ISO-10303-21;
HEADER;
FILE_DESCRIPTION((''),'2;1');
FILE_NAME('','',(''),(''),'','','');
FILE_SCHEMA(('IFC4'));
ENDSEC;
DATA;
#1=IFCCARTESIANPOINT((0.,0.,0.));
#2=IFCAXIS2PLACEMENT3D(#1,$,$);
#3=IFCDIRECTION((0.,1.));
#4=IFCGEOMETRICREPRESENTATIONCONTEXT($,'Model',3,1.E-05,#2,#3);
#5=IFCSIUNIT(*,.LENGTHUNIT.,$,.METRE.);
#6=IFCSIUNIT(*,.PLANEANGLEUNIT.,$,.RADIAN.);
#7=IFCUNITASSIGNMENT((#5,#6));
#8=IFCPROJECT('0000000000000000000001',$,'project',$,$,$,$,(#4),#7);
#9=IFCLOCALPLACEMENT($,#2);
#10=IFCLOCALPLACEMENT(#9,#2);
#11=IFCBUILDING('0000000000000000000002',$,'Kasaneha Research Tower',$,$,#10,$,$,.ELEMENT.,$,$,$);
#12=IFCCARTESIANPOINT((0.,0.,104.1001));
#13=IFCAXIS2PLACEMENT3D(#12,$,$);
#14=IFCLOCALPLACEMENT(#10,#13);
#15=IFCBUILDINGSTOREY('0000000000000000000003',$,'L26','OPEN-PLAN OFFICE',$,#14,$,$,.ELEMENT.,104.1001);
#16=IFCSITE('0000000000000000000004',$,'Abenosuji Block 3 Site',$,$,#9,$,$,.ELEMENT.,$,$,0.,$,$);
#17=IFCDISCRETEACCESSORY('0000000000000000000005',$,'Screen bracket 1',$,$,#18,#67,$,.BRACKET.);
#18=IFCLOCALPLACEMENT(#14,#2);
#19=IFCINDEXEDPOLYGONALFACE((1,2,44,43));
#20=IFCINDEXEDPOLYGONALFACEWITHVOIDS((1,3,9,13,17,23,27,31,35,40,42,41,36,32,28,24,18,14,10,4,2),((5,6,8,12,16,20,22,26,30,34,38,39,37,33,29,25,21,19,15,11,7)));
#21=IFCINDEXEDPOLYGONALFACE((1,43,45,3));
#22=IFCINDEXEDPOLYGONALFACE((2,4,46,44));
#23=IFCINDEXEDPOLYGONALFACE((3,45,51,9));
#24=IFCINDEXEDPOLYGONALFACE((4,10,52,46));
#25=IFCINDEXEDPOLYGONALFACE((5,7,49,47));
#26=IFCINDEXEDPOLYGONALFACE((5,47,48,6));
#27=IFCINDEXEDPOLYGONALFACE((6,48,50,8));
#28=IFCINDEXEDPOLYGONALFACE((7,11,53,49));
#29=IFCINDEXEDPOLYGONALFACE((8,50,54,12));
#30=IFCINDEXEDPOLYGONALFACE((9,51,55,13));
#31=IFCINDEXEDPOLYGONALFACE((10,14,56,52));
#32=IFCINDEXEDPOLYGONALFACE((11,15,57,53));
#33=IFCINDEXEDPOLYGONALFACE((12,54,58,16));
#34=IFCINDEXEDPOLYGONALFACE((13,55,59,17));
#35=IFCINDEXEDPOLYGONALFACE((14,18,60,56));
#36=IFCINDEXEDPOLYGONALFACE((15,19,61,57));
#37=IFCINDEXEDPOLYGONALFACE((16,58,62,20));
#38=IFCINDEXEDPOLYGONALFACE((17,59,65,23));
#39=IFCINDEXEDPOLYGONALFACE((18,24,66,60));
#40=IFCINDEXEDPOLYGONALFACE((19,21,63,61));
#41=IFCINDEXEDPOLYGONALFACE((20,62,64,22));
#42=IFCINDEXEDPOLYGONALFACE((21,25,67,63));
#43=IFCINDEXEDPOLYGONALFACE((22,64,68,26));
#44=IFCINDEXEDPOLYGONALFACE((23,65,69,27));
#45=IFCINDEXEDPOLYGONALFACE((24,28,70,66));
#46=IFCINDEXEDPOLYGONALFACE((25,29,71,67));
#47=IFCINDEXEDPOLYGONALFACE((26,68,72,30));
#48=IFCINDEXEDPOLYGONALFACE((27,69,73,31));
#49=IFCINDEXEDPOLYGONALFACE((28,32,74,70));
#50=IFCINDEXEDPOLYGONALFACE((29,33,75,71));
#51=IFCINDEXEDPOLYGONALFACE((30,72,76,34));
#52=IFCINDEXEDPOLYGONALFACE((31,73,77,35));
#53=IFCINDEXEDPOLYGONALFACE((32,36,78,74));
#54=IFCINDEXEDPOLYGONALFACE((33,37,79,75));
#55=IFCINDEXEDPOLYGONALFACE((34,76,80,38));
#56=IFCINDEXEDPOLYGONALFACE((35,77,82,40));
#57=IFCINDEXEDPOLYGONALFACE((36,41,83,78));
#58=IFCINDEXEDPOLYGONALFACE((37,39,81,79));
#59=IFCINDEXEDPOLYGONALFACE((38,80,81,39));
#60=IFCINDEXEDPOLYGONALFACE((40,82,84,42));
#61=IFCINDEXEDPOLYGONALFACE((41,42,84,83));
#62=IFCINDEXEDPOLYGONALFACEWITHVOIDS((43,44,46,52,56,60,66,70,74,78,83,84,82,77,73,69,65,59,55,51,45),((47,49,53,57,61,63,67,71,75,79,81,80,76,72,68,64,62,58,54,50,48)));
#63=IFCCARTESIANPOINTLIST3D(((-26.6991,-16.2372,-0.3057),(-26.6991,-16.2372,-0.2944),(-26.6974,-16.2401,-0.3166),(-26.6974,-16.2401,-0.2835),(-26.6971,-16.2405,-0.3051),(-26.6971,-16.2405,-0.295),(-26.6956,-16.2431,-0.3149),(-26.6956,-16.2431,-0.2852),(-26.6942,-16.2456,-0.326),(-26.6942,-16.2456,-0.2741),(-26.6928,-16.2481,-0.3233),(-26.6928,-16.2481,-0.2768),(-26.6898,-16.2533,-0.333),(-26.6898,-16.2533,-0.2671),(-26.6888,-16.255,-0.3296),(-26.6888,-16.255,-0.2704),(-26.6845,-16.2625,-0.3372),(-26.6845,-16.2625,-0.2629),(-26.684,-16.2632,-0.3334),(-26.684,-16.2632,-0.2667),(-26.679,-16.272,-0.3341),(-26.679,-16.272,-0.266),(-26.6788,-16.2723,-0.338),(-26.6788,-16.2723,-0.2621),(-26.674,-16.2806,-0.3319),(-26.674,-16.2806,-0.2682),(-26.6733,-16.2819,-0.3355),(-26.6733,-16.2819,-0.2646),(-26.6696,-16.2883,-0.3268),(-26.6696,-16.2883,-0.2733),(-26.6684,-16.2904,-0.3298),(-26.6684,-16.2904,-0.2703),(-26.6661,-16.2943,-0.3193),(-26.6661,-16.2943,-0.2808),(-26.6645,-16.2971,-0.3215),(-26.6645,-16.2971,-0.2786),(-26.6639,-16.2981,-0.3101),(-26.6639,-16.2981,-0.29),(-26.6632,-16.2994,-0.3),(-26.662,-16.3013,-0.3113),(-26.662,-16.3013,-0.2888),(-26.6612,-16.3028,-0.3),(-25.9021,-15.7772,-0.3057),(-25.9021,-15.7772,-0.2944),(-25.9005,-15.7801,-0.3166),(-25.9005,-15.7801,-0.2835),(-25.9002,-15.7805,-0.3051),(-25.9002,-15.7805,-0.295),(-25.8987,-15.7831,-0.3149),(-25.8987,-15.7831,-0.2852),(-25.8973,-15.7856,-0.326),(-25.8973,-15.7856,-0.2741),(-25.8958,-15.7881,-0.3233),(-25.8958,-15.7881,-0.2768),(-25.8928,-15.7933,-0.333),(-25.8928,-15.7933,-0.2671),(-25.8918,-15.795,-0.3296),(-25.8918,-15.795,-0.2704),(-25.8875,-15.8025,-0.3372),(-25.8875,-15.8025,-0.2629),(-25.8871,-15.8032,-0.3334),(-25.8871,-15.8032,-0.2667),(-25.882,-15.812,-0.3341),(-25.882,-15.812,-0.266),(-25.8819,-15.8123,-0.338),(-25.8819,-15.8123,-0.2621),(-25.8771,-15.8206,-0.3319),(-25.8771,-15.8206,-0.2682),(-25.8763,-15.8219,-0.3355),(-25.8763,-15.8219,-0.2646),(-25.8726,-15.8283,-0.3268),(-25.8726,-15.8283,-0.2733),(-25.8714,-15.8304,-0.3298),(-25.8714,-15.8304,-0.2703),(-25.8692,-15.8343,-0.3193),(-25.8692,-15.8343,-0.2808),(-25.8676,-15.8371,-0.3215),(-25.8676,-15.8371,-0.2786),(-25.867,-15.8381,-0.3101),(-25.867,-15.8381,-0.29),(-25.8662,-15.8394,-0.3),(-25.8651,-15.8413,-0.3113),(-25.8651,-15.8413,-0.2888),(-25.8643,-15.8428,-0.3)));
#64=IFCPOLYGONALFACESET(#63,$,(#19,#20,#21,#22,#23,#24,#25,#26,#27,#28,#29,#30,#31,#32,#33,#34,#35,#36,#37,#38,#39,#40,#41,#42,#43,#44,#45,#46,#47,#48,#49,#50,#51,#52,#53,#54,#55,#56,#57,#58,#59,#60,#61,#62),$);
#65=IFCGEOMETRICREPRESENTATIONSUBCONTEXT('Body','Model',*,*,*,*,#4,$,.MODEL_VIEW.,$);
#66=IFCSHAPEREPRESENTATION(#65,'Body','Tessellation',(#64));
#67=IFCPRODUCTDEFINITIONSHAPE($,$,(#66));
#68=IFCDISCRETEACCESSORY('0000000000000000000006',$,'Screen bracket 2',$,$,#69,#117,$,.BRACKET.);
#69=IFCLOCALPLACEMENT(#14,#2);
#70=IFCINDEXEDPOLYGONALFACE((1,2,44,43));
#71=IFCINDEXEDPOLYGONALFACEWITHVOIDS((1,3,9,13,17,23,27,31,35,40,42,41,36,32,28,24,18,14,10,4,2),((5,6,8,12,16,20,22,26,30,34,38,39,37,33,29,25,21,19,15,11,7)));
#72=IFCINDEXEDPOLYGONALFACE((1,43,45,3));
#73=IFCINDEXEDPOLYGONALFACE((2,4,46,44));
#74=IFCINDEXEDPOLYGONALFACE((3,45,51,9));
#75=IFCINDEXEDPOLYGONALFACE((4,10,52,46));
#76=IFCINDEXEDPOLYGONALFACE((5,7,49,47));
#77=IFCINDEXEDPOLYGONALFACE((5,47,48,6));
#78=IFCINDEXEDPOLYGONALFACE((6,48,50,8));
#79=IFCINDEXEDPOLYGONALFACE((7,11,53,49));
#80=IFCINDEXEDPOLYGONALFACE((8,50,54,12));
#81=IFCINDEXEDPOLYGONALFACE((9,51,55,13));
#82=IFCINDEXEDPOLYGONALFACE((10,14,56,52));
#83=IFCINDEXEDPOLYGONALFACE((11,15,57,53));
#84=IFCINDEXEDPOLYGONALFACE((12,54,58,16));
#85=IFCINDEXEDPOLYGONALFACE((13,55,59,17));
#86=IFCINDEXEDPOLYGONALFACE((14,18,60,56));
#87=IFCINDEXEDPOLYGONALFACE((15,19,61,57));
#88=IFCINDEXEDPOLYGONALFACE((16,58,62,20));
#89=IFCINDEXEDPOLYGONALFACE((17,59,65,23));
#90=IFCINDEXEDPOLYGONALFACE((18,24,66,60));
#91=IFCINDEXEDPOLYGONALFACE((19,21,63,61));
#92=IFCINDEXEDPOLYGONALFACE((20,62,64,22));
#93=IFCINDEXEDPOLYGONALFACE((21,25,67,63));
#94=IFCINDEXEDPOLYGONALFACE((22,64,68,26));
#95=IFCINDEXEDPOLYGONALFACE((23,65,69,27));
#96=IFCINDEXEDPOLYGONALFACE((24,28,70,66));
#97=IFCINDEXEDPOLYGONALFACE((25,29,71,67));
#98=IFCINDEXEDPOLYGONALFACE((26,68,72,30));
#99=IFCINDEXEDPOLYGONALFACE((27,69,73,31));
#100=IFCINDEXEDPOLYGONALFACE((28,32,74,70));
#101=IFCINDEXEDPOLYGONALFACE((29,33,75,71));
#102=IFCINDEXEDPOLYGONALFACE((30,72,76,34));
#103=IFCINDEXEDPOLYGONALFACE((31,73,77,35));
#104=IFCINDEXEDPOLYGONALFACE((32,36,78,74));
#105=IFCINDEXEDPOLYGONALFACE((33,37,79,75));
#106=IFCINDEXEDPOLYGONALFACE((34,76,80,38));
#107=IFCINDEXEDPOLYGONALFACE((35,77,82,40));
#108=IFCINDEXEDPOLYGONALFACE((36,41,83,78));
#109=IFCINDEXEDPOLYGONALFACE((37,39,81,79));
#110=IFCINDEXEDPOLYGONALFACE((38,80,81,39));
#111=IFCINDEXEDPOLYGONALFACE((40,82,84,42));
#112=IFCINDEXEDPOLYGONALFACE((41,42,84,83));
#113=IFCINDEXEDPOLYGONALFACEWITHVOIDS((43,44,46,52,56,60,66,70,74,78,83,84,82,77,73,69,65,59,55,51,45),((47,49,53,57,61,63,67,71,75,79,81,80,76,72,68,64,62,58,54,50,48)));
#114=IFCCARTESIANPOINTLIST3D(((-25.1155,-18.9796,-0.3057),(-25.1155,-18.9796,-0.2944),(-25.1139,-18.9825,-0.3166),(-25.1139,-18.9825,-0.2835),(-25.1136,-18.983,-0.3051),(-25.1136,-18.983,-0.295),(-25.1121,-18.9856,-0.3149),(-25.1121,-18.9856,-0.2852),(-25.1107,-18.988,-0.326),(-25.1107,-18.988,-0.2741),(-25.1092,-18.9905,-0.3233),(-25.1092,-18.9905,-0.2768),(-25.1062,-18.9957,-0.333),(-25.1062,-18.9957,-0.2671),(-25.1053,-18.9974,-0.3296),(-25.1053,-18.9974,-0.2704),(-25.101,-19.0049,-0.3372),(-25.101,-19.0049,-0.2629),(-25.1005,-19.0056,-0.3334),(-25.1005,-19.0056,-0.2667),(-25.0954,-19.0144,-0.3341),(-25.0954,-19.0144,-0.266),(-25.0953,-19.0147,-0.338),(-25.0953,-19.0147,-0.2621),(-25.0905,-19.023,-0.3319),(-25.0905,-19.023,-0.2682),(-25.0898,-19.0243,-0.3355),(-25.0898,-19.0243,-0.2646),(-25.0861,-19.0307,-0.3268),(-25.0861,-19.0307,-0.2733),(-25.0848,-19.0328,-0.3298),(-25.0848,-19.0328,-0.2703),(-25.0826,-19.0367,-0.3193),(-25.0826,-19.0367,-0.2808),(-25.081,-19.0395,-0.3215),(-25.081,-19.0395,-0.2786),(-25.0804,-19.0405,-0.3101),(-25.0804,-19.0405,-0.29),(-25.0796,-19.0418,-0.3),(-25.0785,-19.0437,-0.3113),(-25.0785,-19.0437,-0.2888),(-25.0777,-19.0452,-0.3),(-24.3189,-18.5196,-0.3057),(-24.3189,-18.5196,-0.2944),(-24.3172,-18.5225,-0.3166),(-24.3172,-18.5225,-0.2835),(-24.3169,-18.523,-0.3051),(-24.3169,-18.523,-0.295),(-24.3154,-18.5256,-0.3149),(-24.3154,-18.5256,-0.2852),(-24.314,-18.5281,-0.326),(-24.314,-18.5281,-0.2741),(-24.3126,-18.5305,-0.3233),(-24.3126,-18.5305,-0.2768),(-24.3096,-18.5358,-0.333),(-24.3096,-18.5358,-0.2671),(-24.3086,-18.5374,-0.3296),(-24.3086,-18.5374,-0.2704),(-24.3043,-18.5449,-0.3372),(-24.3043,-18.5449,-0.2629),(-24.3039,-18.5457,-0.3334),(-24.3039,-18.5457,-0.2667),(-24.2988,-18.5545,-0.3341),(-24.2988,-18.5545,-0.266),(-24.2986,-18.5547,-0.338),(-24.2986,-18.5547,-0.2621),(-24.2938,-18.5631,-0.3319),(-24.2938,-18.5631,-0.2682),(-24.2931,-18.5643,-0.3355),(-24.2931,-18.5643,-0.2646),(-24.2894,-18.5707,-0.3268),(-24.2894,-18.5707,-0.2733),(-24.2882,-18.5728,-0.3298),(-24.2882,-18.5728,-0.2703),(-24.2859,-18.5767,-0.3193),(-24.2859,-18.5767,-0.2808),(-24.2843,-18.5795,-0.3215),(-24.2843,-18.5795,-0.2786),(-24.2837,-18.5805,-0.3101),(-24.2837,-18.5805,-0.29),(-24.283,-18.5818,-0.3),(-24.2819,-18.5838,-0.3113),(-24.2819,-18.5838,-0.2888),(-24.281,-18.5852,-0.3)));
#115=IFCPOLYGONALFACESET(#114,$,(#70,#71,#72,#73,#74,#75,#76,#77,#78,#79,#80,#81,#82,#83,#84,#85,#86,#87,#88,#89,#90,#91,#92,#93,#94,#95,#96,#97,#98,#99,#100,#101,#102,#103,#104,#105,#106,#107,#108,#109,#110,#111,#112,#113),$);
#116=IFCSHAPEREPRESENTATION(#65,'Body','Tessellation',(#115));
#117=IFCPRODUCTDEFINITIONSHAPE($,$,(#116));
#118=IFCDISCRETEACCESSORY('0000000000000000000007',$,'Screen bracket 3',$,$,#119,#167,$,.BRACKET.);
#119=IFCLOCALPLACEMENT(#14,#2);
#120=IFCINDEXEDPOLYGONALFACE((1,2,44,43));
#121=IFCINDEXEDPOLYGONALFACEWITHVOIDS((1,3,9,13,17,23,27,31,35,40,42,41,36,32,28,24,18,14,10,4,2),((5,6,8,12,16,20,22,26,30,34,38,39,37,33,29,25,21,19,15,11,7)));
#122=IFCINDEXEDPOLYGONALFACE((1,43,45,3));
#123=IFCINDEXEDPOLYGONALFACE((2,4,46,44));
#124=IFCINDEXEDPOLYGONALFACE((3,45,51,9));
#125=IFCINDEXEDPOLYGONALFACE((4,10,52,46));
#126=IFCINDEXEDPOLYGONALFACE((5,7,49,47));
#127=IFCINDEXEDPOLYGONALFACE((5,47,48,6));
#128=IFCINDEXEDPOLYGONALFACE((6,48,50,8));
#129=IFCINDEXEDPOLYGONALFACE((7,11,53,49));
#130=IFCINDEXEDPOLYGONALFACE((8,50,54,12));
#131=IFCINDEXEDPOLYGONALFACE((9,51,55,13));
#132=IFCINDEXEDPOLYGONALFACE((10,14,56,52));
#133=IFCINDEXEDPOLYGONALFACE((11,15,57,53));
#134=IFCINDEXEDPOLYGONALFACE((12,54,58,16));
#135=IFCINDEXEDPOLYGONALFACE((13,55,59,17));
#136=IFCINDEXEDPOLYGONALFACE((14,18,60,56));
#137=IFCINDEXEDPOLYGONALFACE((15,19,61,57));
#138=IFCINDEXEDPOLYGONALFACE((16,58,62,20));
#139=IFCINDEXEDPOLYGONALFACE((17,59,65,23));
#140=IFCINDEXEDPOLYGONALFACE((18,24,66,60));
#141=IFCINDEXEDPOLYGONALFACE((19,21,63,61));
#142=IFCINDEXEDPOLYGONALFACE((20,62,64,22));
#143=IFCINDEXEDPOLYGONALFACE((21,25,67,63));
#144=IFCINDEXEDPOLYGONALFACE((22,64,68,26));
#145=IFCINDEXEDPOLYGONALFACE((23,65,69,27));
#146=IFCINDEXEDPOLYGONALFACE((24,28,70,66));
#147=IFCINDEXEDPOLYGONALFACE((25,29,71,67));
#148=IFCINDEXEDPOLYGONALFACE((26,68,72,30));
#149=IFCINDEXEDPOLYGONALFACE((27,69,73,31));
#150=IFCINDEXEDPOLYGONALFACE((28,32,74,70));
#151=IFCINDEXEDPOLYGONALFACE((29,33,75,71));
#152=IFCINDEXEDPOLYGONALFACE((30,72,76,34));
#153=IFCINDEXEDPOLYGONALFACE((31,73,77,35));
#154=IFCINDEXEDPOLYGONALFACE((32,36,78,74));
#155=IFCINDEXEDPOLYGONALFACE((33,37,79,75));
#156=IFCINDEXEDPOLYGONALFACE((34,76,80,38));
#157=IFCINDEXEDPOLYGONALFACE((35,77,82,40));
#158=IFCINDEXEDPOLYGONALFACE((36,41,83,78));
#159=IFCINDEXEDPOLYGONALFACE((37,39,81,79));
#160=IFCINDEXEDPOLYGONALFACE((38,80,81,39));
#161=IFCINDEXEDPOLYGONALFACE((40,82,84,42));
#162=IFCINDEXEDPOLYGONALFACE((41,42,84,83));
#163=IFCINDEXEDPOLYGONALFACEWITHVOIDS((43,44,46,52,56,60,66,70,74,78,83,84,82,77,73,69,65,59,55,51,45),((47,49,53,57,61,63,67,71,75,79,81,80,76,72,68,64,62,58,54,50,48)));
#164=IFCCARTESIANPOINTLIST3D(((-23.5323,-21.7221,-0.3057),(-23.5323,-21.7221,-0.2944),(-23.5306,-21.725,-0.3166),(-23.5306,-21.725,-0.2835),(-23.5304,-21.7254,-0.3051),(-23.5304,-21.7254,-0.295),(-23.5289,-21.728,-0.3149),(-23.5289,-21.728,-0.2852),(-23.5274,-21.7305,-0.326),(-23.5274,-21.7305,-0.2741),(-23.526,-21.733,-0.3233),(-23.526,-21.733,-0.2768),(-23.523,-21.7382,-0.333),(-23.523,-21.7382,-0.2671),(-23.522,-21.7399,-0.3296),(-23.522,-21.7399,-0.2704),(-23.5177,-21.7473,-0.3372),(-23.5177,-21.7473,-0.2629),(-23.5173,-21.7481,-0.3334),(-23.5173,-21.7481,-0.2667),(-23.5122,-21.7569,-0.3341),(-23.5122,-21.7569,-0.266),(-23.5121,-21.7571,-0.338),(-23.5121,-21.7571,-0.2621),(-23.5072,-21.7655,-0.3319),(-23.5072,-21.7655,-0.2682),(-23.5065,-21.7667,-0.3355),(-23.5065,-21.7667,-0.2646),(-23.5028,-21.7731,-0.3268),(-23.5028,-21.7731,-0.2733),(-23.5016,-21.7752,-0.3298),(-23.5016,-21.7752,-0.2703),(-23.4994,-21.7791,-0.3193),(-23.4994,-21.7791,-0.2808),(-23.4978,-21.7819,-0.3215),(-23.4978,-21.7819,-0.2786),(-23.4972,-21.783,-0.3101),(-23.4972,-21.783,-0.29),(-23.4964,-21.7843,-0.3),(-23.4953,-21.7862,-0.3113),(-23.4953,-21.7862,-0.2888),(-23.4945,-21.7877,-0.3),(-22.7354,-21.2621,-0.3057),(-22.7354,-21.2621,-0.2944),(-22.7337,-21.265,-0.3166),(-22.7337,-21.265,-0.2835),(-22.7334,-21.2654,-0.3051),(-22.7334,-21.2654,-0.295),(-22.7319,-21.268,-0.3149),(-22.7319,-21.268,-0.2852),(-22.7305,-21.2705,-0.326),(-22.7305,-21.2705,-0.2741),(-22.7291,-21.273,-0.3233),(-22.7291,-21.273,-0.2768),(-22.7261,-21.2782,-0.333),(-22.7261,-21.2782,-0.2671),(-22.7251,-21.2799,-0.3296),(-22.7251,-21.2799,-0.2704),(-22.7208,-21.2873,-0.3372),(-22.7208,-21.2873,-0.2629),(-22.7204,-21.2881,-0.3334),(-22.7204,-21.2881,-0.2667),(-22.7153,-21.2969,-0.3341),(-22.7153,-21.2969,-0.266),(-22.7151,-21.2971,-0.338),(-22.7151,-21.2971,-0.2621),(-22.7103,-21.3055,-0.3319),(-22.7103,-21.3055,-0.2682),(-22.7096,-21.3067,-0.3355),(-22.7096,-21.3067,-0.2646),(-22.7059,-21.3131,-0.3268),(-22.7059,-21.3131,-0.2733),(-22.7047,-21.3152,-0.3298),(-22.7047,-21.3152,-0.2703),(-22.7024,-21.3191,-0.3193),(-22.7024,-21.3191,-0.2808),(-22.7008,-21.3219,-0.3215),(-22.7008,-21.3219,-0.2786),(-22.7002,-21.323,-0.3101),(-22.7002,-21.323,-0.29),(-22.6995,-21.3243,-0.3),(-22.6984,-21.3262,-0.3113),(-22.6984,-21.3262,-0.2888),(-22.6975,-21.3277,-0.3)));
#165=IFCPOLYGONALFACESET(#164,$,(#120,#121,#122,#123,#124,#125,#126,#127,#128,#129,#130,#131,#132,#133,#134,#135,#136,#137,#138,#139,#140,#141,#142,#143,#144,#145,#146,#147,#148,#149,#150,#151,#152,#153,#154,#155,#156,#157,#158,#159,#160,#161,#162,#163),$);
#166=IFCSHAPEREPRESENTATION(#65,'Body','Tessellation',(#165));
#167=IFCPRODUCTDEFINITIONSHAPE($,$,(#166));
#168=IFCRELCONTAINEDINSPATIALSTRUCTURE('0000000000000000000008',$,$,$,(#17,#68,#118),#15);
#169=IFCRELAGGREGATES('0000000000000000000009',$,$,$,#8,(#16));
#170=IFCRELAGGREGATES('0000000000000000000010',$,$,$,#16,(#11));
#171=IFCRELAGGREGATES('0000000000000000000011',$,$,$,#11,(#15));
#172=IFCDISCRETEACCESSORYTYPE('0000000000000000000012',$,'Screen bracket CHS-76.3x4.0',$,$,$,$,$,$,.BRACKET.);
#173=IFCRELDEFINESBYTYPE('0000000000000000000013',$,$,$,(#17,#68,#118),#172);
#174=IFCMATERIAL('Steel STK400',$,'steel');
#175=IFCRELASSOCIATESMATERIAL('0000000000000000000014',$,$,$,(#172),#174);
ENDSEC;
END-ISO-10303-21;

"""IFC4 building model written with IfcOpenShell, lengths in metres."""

from ifc_helpers import new_model, si_unit, direction, frame, origin, origin_2d, place, context, subcontext, project, spatial, hollow_circle, extrude, material, material_profile, profile_set, type_object, element, save


model = new_model("IFC4")

# Units and contexts
model_context = context("Model", 3, precision=1e-05, world=origin(), true_north=direction((0.0, 1.0)))
body_context = subcontext(model_context, "Body", "Model", "MODEL_VIEW")
ifc_project = project(units=[si_unit("LENGTHUNIT", "METRE"), si_unit("PLANEANGLEUNIT", "RADIAN")], contexts=[model_context])

# Site, building, storey
site_placement = place(None, origin())
site = spatial("IfcSite", under=ifc_project, at=site_placement, Name="Abenosuji Block 3 Site", CompositionType="ELEMENT", RefElevation=0.0)
building_placement = place(site_placement, origin())
building = spatial("IfcBuilding", under=site, at=building_placement, Name="Kasaneha Research Tower", CompositionType="ELEMENT")
storey_placement = place(building_placement, frame((0.0, 0.0, 104.1001)))
storey = spatial("IfcBuildingStorey", under=building, at=storey_placement, Name="L26", Description="OPEN-PLAN OFFICE", CompositionType="ELEMENT", Elevation=104.1001)

# Discrete accessories
ifc_material_1 = material(Name="Steel STK400", Category="steel")
ifc_material_profile_1 = material_profile(ifc_material_1, hollow_circle(Radius=0.0381, WallThickness=0.0039, at=origin_2d()), Name="CHS-76.3x4.0")
ifc_profile_set_1 = profile_set([ifc_material_profile_1], Name="Steel STK400")
discrete_accessory_type = type_object("IfcDiscreteAccessoryType", Name="Screen bracket CHS-76.3x4.0", PredefinedType="BRACKET", material=ifc_profile_set_1)
for number, where, z_axis, x_axis, name in (
    (1, (-25.8833, -15.8098, -0.3), (-0.86608, -0.499906, 0.0), (0.499906, -0.86608, 0.0), "Screen bracket 1"),
):
    element("IfcDiscreteAccessory", number, at=place(storey_placement, frame(where, z_axis=z_axis, x_axis=x_axis)), inside=storey, type_object=discrete_accessory_type, Name=name, PredefinedType="BRACKET", context=body_context, shape_type="SweptSolid", body=[
        extrude(hollow_circle(Radius=0.0381, WallThickness=0.0039, at=origin_2d()), origin(), (0.0, 0.0, 1.0), 0.9202),
    ])
discrete_accessory_placement = place(storey_placement, frame((-24.3, -18.5522, -0.3), z_axis=(-0.866013, -0.500021, 0.0), x_axis=(0.500021, -0.866013, 0.0)))
element("IfcDiscreteAccessory", 2, at=discrete_accessory_placement, inside=storey, type_object=discrete_accessory_type, Name="Screen bracket 2", PredefinedType="BRACKET", context=body_context, shape_type="SweptSolid", body=[
    extrude(hollow_circle(Radius=0.0381, WallThickness=0.0039, at=origin_2d()), origin(), (0.0, 0.0, 1.0), 0.9199),
])
for number, where, z_axis, x_axis, name in (
    (3, (-22.7166, -21.2947, -0.3), (-0.86608, -0.499906, 0.0), (0.499906, -0.86608, 0.0), "Screen bracket 3"),
):
    element("IfcDiscreteAccessory", number, at=place(storey_placement, frame(where, z_axis=z_axis, x_axis=x_axis)), inside=storey, type_object=discrete_accessory_type, Name=name, PredefinedType="BRACKET", context=body_context, shape_type="SweptSolid", body=[
        extrude(hollow_circle(Radius=0.0381, WallThickness=0.0039, at=origin_2d()), origin(), (0.0, 0.0, 1.0), 0.9202),
    ])

save(model, "model.ifc")
